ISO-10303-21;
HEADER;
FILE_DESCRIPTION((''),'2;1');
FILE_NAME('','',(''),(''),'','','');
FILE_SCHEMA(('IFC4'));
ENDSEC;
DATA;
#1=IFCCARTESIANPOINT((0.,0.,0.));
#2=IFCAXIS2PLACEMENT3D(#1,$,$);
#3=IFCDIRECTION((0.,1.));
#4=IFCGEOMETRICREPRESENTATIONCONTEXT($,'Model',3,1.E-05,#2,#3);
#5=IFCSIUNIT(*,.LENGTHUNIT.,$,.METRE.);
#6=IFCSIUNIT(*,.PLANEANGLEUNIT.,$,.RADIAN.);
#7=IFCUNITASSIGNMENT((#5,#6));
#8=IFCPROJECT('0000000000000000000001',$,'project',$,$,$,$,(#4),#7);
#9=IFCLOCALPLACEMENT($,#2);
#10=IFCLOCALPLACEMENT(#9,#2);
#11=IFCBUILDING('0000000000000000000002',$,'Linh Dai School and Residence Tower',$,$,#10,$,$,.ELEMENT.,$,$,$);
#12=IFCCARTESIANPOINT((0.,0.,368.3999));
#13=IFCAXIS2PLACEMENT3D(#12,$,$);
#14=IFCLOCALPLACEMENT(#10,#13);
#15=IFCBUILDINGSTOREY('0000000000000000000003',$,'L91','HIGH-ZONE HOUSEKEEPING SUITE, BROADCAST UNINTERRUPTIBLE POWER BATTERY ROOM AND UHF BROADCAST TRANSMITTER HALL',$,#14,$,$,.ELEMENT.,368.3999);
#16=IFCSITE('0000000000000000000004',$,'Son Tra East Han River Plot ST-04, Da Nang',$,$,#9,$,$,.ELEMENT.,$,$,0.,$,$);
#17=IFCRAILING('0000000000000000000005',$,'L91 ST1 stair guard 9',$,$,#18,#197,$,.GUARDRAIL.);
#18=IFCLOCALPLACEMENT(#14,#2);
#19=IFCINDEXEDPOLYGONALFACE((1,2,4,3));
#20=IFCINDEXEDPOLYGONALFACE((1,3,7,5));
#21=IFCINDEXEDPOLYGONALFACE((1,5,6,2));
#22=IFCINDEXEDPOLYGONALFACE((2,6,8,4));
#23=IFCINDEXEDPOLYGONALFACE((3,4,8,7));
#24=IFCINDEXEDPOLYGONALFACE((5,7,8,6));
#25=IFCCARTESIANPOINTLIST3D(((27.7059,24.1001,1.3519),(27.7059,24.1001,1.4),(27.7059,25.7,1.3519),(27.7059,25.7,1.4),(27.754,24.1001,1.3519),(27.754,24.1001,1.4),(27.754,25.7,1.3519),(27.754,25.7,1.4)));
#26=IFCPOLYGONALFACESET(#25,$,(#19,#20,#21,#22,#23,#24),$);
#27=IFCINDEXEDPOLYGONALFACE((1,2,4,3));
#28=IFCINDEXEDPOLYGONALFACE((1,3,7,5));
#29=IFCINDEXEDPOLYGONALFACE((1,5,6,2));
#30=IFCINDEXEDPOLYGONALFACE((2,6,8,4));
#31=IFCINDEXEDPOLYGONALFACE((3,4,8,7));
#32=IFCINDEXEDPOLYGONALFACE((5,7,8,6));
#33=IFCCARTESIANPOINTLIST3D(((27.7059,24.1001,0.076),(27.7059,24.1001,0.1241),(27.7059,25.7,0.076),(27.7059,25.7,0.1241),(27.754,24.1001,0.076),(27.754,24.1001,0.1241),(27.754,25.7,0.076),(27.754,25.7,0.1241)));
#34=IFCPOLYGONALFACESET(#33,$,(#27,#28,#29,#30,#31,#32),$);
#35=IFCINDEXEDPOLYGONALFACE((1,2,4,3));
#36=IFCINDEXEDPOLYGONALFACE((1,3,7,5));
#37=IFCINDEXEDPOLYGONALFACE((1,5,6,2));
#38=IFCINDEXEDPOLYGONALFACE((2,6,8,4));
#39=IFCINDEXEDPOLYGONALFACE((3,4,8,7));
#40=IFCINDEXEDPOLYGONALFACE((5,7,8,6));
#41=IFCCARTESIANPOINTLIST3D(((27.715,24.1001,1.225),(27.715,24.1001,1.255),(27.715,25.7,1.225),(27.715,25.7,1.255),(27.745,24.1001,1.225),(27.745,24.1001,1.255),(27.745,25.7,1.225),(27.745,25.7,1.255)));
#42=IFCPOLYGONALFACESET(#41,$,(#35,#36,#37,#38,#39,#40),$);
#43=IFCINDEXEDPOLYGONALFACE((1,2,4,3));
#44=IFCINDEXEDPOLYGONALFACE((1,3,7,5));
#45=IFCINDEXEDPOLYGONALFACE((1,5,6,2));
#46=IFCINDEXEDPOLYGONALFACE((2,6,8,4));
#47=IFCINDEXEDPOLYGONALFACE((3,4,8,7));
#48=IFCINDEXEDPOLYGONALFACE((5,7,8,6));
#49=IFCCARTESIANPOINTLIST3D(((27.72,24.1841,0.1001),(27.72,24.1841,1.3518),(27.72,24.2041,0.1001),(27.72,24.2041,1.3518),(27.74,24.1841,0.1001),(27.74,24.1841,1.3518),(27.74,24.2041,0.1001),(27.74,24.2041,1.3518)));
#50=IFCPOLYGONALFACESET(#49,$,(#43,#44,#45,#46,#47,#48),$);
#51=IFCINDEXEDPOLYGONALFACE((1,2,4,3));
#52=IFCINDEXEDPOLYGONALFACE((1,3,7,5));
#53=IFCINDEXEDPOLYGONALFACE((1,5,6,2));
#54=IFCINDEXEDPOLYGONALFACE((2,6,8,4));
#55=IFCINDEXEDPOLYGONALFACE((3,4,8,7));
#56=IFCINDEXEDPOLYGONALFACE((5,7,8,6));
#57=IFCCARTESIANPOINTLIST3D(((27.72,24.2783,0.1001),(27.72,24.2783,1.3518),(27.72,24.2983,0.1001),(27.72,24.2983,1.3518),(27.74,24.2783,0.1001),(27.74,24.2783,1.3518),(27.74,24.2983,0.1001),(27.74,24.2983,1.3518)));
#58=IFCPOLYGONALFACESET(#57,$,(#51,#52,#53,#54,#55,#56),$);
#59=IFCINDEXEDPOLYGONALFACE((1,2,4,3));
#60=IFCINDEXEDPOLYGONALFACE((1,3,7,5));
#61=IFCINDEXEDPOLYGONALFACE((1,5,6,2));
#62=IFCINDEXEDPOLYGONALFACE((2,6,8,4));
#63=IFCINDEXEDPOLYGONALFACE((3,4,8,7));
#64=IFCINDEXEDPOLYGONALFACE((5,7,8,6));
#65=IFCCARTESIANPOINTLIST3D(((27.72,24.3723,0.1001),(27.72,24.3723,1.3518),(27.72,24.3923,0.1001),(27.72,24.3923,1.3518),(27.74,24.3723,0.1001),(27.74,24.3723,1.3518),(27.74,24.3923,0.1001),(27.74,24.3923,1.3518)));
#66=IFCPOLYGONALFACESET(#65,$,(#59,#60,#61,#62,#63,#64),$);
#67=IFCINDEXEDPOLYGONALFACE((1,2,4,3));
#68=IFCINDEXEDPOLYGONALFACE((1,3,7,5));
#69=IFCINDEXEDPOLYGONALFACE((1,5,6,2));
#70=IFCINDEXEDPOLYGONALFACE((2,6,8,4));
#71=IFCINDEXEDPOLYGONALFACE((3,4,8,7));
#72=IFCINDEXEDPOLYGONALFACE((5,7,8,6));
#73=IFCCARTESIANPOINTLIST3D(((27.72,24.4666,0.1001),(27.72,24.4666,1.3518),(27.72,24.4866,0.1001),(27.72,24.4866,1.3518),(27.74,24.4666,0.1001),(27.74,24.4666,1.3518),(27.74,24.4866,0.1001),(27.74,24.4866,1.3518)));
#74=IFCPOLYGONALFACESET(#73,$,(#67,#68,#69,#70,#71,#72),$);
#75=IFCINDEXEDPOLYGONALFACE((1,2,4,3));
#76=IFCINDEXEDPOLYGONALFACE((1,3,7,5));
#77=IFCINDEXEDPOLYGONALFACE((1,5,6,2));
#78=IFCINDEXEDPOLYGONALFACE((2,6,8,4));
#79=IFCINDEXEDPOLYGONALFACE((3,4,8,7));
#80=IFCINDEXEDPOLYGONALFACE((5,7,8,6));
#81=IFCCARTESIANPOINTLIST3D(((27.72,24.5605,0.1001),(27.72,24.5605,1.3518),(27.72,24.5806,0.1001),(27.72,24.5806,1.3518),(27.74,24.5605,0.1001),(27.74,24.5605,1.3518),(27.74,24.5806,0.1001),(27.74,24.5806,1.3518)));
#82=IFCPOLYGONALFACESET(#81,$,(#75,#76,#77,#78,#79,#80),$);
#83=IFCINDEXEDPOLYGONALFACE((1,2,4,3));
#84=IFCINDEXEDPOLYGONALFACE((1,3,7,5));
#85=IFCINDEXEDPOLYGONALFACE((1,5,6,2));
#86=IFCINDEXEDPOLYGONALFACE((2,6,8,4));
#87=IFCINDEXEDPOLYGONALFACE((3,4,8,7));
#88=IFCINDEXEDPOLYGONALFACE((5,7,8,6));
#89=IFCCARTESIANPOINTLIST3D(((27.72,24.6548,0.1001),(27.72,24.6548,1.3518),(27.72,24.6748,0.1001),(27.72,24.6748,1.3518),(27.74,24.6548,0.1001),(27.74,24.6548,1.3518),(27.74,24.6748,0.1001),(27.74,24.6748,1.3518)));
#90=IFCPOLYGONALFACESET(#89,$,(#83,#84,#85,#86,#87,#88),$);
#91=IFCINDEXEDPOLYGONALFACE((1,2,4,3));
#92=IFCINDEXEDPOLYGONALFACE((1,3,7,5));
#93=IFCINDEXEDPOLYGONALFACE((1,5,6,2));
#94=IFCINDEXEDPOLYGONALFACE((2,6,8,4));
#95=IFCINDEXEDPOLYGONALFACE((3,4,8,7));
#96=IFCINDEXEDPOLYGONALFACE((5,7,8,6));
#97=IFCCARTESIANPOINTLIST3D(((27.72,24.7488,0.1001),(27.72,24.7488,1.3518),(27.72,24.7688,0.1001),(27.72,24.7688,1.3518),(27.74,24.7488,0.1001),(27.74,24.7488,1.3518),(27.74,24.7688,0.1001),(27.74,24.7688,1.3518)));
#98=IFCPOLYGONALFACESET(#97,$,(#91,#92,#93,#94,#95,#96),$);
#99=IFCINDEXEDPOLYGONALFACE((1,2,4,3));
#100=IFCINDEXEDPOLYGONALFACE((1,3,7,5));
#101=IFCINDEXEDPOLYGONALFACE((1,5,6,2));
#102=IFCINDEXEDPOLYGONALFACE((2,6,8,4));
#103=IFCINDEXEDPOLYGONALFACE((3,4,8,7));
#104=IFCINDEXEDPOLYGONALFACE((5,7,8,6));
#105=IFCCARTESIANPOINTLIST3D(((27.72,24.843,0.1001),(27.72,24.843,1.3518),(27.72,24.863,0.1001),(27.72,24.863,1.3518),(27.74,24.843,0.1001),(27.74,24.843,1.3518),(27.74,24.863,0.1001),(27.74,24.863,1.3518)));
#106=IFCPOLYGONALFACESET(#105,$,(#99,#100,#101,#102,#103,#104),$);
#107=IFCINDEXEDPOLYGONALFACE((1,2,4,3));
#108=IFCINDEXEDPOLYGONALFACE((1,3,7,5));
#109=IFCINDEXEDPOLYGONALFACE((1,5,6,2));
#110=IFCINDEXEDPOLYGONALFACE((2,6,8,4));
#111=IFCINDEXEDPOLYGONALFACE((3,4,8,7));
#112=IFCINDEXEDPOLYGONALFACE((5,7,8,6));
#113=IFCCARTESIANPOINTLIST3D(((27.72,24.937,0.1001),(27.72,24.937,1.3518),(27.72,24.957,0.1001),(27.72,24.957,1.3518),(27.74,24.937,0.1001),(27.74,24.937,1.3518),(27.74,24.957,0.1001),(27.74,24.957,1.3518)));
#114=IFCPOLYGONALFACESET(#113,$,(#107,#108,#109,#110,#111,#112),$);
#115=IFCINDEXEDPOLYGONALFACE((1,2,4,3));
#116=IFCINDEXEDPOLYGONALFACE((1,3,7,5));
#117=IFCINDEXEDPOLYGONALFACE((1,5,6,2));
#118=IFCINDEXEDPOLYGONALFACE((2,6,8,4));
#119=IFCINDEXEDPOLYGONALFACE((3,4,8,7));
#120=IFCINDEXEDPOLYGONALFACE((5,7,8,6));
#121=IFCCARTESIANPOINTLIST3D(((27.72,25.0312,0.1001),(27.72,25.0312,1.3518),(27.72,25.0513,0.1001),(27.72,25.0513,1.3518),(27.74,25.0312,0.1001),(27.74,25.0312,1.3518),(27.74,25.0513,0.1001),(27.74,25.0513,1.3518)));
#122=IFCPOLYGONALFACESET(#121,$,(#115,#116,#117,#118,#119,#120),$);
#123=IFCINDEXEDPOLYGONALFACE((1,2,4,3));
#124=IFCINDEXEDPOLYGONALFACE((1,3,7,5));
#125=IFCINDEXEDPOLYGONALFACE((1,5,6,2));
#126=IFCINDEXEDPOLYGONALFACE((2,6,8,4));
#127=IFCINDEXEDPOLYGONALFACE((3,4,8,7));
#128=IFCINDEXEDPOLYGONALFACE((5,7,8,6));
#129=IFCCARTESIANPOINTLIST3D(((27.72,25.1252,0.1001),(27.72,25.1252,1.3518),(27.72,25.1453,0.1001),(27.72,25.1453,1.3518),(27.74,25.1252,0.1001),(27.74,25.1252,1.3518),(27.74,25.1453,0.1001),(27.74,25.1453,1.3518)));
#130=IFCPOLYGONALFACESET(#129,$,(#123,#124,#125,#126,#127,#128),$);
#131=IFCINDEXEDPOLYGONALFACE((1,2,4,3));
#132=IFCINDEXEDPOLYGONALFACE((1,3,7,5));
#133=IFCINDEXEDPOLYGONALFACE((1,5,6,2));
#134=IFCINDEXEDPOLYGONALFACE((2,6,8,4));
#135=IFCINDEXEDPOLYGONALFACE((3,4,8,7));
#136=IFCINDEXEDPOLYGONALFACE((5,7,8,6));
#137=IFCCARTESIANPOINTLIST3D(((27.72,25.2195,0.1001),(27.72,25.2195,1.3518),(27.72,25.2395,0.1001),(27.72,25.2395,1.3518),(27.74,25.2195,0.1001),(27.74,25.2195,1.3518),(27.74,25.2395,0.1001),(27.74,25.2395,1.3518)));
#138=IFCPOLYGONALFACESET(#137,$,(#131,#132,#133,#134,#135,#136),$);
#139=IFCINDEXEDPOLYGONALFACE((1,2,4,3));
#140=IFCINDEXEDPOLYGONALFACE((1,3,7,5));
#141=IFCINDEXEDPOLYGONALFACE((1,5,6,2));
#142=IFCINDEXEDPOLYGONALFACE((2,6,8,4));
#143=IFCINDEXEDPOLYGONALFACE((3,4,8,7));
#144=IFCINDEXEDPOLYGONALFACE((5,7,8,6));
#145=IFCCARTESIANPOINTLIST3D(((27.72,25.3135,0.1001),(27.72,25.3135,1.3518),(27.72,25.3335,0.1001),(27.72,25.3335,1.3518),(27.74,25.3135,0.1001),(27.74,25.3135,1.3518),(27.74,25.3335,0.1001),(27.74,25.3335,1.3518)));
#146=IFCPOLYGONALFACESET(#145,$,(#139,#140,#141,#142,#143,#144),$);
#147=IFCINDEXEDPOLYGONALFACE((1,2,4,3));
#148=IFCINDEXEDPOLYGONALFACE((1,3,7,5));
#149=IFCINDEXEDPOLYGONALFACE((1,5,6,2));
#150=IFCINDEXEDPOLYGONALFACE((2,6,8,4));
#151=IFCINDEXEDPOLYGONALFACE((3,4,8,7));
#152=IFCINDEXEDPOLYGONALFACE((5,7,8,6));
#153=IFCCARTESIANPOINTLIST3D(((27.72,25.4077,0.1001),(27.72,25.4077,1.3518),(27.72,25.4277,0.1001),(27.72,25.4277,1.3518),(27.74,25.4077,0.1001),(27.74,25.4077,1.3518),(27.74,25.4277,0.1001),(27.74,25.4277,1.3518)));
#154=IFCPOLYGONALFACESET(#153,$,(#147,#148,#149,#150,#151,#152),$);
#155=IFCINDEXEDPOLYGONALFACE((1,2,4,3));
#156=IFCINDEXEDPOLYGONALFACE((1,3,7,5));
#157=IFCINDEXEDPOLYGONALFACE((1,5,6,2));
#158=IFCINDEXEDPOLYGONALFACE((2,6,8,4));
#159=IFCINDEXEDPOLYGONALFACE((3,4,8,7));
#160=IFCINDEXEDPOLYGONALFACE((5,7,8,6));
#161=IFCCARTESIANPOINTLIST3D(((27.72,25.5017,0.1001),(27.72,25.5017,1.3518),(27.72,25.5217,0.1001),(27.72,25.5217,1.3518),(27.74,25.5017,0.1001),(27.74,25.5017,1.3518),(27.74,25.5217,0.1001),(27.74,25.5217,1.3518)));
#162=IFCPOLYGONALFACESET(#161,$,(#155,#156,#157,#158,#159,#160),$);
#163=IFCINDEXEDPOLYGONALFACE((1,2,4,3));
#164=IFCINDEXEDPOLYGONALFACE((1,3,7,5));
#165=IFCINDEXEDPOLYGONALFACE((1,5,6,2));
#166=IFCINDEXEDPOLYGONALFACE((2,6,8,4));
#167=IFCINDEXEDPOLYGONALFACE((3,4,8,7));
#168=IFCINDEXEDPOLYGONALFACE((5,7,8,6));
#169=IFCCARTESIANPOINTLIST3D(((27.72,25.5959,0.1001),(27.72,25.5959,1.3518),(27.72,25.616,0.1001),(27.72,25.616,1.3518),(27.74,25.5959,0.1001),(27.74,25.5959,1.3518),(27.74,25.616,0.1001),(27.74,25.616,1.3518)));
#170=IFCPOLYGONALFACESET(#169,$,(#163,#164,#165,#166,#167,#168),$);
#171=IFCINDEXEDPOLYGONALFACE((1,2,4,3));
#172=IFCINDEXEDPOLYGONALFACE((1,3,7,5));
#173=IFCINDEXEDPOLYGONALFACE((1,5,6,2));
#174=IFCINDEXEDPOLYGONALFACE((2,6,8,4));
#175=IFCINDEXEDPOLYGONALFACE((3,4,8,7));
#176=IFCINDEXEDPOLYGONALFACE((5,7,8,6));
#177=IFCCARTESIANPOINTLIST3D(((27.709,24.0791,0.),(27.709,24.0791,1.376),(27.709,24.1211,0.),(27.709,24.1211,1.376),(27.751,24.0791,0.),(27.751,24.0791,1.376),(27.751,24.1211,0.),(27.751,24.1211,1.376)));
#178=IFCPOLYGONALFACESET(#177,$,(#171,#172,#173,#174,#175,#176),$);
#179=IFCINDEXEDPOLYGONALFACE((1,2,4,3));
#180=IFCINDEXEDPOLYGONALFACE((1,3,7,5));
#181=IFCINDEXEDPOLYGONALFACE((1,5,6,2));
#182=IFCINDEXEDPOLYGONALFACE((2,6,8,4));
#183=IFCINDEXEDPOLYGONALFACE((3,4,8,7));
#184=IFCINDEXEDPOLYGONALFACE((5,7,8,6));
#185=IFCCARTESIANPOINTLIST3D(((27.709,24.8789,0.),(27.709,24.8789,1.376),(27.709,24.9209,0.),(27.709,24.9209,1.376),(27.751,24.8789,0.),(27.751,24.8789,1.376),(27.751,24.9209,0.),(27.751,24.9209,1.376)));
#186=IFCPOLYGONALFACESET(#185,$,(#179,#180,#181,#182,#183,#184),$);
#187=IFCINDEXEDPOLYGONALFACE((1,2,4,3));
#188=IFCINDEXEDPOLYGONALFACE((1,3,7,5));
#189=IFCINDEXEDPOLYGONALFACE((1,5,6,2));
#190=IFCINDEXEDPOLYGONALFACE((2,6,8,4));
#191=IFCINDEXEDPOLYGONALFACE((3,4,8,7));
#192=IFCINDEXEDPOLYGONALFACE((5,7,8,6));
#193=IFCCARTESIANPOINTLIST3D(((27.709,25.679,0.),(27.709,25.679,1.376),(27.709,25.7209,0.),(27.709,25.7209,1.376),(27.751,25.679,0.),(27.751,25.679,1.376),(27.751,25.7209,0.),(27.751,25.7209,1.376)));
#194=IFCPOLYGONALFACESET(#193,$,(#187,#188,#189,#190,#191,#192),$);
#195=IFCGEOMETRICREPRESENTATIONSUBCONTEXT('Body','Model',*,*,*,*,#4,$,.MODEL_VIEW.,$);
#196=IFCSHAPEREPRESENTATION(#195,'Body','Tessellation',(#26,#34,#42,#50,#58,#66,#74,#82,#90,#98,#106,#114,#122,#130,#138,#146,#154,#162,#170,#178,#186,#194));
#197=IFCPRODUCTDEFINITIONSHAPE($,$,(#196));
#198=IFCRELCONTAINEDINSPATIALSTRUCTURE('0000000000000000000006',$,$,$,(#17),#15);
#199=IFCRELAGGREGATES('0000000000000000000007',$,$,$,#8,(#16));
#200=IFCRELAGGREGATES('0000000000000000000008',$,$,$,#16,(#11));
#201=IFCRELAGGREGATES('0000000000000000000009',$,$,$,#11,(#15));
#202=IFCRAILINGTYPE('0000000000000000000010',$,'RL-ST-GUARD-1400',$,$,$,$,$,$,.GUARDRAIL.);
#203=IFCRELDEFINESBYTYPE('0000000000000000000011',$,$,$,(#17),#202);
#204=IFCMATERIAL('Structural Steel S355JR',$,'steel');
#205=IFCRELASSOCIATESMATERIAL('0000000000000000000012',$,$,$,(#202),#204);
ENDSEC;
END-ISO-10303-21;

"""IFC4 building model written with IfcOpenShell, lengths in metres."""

from ifc_helpers import new_model, si_unit, direction, frame, origin, origin_2d, place, context, subcontext, project, spatial, rectangle, extrude, source, transform, mapped, material, type_object, element, save


model = new_model("IFC4")

# Units and contexts
model_context = context("Model", 3, precision=1e-05, world=origin(), true_north=direction((0.0, 1.0)))
body_context = subcontext(model_context, "Body", "Model", "MODEL_VIEW")
ifc_project = project(units=[si_unit("LENGTHUNIT", "METRE"), si_unit("PLANEANGLEUNIT", "RADIAN")], contexts=[model_context])

# Site, building, storey
site_placement = place(None, origin())
site = spatial("IfcSite", under=ifc_project, at=site_placement, Name="Son Tra East Han River Plot ST-04, Da Nang", CompositionType="ELEMENT", RefElevation=0.0)
building_placement = place(site_placement, origin())
building = spatial("IfcBuilding", under=site, at=building_placement, Name="Linh Dai School and Residence Tower", CompositionType="ELEMENT")
storey_placement = place(building_placement, frame((0.0, 0.0, 368.3999)))
storey = spatial("IfcBuildingStorey", under=building, at=storey_placement, Name="L91", Description="HIGH-ZONE HOUSEKEEPING SUITE, BROADCAST UNINTERRUPTIBLE POWER BATTERY ROOM AND UHF BROADCAST TRANSMITTER HALL", CompositionType="ELEMENT", Elevation=368.3999)

# Shared definitions
ifc_material_1 = material(Name="Structural Steel S355JR", Category="steel")

# Railing
railing_type_1 = type_object("IfcRailingType", Name="RL-ST-GUARD-1400", PredefinedType="GUARDRAIL", material=ifc_material_1)
shared_shape_1 = source(origin(), body_context, "Body", "SweptSolid", [
    extrude(rectangle(XDim=0.0481, YDim=0.0481, at=origin_2d()), frame((0.0, 0.0, 1.376), z_axis=(0.0, 1.0, 0.0), x_axis=(-1.0, 0.0, 0.0)), (0.0, 0.0, 1.0), 1.5999),
    extrude(rectangle(XDim=0.0481, YDim=0.0481, at=origin_2d()), frame((0.0, 0.0, 0.1001), z_axis=(0.0, 1.0, 0.0), x_axis=(-1.0, 0.0, 0.0)), (0.0, 0.0, 1.0), 1.5999),
    extrude(rectangle(XDim=0.03, YDim=0.03, at=origin_2d()), frame((0.0, 0.0, 1.24), z_axis=(0.0, 1.0, 0.0), x_axis=(-1.0, 0.0, 0.0)), (0.0, 0.0, 1.0), 1.5999),
    extrude(rectangle(XDim=0.02, YDim=0.02, at=origin_2d()), frame((0.0, 0.094, 0.1001)), (0.0, 0.0, 1.0), 1.2517),
    extrude(rectangle(XDim=0.02, YDim=0.02, at=origin_2d()), frame((0.0, 0.1882, 0.1001)), (0.0, 0.0, 1.0), 1.2517),
    extrude(rectangle(XDim=0.02, YDim=0.02, at=origin_2d()), frame((0.0, 0.2822, 0.1001)), (0.0, 0.0, 1.0), 1.2517),
    extrude(rectangle(XDim=0.02, YDim=0.02, at=origin_2d()), frame((0.0, 0.3765, 0.1001)), (0.0, 0.0, 1.0), 1.2517),
    extrude(rectangle(XDim=0.02, YDim=0.02, at=origin_2d()), frame((0.0, 0.4705, 0.1001)), (0.0, 0.0, 1.0), 1.2517),
    extrude(rectangle(XDim=0.02, YDim=0.02, at=origin_2d()), frame((0.0, 0.5647, 0.1001)), (0.0, 0.0, 1.0), 1.2517),
    extrude(rectangle(XDim=0.02, YDim=0.02, at=origin_2d()), frame((0.0, 0.6587, 0.1001)), (0.0, 0.0, 1.0), 1.2517),
    extrude(rectangle(XDim=0.02, YDim=0.02, at=origin_2d()), frame((0.0, 0.7529, 0.1001)), (0.0, 0.0, 1.0), 1.2517),
    extrude(rectangle(XDim=0.02, YDim=0.02, at=origin_2d()), frame((0.0, 0.8469, 0.1001)), (0.0, 0.0, 1.0), 1.2517),
    extrude(rectangle(XDim=0.02, YDim=0.02, at=origin_2d()), frame((0.0, 0.9412, 0.1001)), (0.0, 0.0, 1.0), 1.2517),
    extrude(rectangle(XDim=0.02, YDim=0.02, at=origin_2d()), frame((0.0, 1.0352, 0.1001)), (0.0, 0.0, 1.0), 1.2517),
    extrude(rectangle(XDim=0.02, YDim=0.02, at=origin_2d()), frame((0.0, 1.1294, 0.1001)), (0.0, 0.0, 1.0), 1.2517),
    extrude(rectangle(XDim=0.02, YDim=0.02, at=origin_2d()), frame((0.0, 1.2234, 0.1001)), (0.0, 0.0, 1.0), 1.2517),
    extrude(rectangle(XDim=0.02, YDim=0.02, at=origin_2d()), frame((0.0, 1.3176, 0.1001)), (0.0, 0.0, 1.0), 1.2517),
    extrude(rectangle(XDim=0.02, YDim=0.02, at=origin_2d()), frame((0.0, 1.4116, 0.1001)), (0.0, 0.0, 1.0), 1.2517),
    extrude(rectangle(XDim=0.02, YDim=0.02, at=origin_2d()), frame((0.0, 1.5059, 0.1001)), (0.0, 0.0, 1.0), 1.2517),
    extrude(rectangle(XDim=0.042, YDim=0.042, at=origin_2d()), origin(), (0.0, 0.0, 1.0), 1.376),
    extrude(rectangle(XDim=0.042, YDim=0.042, at=origin_2d()), frame((0.0, 0.7998, 0.0)), (0.0, 0.0, 1.0), 1.376),
    extrude(rectangle(XDim=0.042, YDim=0.042, at=origin_2d()), frame((0.0, 1.5999, 0.0)), (0.0, 0.0, 1.0), 1.376),
])
for number, where, name in (
    (1, (27.73, 24.1001, 0.0), "L91 ST1 stair guard 9"),
):
    element("IfcRailing", number, at=place(storey_placement, frame(where)), inside=storey, type_object=railing_type_1, Name=name, PredefinedType="GUARDRAIL", context=body_context, shape_type="MappedRepresentation", body=[
        mapped(shared_shape_1, transform((0.0, 0.0, 0.0), x_axis=(1.0, 0.0, 0.0), y_axis=(0.0, 1.0, 0.0), z_axis=(0.0, 0.0, 1.0), scale=1.0)),
    ])

save(model, "model.ifc")
